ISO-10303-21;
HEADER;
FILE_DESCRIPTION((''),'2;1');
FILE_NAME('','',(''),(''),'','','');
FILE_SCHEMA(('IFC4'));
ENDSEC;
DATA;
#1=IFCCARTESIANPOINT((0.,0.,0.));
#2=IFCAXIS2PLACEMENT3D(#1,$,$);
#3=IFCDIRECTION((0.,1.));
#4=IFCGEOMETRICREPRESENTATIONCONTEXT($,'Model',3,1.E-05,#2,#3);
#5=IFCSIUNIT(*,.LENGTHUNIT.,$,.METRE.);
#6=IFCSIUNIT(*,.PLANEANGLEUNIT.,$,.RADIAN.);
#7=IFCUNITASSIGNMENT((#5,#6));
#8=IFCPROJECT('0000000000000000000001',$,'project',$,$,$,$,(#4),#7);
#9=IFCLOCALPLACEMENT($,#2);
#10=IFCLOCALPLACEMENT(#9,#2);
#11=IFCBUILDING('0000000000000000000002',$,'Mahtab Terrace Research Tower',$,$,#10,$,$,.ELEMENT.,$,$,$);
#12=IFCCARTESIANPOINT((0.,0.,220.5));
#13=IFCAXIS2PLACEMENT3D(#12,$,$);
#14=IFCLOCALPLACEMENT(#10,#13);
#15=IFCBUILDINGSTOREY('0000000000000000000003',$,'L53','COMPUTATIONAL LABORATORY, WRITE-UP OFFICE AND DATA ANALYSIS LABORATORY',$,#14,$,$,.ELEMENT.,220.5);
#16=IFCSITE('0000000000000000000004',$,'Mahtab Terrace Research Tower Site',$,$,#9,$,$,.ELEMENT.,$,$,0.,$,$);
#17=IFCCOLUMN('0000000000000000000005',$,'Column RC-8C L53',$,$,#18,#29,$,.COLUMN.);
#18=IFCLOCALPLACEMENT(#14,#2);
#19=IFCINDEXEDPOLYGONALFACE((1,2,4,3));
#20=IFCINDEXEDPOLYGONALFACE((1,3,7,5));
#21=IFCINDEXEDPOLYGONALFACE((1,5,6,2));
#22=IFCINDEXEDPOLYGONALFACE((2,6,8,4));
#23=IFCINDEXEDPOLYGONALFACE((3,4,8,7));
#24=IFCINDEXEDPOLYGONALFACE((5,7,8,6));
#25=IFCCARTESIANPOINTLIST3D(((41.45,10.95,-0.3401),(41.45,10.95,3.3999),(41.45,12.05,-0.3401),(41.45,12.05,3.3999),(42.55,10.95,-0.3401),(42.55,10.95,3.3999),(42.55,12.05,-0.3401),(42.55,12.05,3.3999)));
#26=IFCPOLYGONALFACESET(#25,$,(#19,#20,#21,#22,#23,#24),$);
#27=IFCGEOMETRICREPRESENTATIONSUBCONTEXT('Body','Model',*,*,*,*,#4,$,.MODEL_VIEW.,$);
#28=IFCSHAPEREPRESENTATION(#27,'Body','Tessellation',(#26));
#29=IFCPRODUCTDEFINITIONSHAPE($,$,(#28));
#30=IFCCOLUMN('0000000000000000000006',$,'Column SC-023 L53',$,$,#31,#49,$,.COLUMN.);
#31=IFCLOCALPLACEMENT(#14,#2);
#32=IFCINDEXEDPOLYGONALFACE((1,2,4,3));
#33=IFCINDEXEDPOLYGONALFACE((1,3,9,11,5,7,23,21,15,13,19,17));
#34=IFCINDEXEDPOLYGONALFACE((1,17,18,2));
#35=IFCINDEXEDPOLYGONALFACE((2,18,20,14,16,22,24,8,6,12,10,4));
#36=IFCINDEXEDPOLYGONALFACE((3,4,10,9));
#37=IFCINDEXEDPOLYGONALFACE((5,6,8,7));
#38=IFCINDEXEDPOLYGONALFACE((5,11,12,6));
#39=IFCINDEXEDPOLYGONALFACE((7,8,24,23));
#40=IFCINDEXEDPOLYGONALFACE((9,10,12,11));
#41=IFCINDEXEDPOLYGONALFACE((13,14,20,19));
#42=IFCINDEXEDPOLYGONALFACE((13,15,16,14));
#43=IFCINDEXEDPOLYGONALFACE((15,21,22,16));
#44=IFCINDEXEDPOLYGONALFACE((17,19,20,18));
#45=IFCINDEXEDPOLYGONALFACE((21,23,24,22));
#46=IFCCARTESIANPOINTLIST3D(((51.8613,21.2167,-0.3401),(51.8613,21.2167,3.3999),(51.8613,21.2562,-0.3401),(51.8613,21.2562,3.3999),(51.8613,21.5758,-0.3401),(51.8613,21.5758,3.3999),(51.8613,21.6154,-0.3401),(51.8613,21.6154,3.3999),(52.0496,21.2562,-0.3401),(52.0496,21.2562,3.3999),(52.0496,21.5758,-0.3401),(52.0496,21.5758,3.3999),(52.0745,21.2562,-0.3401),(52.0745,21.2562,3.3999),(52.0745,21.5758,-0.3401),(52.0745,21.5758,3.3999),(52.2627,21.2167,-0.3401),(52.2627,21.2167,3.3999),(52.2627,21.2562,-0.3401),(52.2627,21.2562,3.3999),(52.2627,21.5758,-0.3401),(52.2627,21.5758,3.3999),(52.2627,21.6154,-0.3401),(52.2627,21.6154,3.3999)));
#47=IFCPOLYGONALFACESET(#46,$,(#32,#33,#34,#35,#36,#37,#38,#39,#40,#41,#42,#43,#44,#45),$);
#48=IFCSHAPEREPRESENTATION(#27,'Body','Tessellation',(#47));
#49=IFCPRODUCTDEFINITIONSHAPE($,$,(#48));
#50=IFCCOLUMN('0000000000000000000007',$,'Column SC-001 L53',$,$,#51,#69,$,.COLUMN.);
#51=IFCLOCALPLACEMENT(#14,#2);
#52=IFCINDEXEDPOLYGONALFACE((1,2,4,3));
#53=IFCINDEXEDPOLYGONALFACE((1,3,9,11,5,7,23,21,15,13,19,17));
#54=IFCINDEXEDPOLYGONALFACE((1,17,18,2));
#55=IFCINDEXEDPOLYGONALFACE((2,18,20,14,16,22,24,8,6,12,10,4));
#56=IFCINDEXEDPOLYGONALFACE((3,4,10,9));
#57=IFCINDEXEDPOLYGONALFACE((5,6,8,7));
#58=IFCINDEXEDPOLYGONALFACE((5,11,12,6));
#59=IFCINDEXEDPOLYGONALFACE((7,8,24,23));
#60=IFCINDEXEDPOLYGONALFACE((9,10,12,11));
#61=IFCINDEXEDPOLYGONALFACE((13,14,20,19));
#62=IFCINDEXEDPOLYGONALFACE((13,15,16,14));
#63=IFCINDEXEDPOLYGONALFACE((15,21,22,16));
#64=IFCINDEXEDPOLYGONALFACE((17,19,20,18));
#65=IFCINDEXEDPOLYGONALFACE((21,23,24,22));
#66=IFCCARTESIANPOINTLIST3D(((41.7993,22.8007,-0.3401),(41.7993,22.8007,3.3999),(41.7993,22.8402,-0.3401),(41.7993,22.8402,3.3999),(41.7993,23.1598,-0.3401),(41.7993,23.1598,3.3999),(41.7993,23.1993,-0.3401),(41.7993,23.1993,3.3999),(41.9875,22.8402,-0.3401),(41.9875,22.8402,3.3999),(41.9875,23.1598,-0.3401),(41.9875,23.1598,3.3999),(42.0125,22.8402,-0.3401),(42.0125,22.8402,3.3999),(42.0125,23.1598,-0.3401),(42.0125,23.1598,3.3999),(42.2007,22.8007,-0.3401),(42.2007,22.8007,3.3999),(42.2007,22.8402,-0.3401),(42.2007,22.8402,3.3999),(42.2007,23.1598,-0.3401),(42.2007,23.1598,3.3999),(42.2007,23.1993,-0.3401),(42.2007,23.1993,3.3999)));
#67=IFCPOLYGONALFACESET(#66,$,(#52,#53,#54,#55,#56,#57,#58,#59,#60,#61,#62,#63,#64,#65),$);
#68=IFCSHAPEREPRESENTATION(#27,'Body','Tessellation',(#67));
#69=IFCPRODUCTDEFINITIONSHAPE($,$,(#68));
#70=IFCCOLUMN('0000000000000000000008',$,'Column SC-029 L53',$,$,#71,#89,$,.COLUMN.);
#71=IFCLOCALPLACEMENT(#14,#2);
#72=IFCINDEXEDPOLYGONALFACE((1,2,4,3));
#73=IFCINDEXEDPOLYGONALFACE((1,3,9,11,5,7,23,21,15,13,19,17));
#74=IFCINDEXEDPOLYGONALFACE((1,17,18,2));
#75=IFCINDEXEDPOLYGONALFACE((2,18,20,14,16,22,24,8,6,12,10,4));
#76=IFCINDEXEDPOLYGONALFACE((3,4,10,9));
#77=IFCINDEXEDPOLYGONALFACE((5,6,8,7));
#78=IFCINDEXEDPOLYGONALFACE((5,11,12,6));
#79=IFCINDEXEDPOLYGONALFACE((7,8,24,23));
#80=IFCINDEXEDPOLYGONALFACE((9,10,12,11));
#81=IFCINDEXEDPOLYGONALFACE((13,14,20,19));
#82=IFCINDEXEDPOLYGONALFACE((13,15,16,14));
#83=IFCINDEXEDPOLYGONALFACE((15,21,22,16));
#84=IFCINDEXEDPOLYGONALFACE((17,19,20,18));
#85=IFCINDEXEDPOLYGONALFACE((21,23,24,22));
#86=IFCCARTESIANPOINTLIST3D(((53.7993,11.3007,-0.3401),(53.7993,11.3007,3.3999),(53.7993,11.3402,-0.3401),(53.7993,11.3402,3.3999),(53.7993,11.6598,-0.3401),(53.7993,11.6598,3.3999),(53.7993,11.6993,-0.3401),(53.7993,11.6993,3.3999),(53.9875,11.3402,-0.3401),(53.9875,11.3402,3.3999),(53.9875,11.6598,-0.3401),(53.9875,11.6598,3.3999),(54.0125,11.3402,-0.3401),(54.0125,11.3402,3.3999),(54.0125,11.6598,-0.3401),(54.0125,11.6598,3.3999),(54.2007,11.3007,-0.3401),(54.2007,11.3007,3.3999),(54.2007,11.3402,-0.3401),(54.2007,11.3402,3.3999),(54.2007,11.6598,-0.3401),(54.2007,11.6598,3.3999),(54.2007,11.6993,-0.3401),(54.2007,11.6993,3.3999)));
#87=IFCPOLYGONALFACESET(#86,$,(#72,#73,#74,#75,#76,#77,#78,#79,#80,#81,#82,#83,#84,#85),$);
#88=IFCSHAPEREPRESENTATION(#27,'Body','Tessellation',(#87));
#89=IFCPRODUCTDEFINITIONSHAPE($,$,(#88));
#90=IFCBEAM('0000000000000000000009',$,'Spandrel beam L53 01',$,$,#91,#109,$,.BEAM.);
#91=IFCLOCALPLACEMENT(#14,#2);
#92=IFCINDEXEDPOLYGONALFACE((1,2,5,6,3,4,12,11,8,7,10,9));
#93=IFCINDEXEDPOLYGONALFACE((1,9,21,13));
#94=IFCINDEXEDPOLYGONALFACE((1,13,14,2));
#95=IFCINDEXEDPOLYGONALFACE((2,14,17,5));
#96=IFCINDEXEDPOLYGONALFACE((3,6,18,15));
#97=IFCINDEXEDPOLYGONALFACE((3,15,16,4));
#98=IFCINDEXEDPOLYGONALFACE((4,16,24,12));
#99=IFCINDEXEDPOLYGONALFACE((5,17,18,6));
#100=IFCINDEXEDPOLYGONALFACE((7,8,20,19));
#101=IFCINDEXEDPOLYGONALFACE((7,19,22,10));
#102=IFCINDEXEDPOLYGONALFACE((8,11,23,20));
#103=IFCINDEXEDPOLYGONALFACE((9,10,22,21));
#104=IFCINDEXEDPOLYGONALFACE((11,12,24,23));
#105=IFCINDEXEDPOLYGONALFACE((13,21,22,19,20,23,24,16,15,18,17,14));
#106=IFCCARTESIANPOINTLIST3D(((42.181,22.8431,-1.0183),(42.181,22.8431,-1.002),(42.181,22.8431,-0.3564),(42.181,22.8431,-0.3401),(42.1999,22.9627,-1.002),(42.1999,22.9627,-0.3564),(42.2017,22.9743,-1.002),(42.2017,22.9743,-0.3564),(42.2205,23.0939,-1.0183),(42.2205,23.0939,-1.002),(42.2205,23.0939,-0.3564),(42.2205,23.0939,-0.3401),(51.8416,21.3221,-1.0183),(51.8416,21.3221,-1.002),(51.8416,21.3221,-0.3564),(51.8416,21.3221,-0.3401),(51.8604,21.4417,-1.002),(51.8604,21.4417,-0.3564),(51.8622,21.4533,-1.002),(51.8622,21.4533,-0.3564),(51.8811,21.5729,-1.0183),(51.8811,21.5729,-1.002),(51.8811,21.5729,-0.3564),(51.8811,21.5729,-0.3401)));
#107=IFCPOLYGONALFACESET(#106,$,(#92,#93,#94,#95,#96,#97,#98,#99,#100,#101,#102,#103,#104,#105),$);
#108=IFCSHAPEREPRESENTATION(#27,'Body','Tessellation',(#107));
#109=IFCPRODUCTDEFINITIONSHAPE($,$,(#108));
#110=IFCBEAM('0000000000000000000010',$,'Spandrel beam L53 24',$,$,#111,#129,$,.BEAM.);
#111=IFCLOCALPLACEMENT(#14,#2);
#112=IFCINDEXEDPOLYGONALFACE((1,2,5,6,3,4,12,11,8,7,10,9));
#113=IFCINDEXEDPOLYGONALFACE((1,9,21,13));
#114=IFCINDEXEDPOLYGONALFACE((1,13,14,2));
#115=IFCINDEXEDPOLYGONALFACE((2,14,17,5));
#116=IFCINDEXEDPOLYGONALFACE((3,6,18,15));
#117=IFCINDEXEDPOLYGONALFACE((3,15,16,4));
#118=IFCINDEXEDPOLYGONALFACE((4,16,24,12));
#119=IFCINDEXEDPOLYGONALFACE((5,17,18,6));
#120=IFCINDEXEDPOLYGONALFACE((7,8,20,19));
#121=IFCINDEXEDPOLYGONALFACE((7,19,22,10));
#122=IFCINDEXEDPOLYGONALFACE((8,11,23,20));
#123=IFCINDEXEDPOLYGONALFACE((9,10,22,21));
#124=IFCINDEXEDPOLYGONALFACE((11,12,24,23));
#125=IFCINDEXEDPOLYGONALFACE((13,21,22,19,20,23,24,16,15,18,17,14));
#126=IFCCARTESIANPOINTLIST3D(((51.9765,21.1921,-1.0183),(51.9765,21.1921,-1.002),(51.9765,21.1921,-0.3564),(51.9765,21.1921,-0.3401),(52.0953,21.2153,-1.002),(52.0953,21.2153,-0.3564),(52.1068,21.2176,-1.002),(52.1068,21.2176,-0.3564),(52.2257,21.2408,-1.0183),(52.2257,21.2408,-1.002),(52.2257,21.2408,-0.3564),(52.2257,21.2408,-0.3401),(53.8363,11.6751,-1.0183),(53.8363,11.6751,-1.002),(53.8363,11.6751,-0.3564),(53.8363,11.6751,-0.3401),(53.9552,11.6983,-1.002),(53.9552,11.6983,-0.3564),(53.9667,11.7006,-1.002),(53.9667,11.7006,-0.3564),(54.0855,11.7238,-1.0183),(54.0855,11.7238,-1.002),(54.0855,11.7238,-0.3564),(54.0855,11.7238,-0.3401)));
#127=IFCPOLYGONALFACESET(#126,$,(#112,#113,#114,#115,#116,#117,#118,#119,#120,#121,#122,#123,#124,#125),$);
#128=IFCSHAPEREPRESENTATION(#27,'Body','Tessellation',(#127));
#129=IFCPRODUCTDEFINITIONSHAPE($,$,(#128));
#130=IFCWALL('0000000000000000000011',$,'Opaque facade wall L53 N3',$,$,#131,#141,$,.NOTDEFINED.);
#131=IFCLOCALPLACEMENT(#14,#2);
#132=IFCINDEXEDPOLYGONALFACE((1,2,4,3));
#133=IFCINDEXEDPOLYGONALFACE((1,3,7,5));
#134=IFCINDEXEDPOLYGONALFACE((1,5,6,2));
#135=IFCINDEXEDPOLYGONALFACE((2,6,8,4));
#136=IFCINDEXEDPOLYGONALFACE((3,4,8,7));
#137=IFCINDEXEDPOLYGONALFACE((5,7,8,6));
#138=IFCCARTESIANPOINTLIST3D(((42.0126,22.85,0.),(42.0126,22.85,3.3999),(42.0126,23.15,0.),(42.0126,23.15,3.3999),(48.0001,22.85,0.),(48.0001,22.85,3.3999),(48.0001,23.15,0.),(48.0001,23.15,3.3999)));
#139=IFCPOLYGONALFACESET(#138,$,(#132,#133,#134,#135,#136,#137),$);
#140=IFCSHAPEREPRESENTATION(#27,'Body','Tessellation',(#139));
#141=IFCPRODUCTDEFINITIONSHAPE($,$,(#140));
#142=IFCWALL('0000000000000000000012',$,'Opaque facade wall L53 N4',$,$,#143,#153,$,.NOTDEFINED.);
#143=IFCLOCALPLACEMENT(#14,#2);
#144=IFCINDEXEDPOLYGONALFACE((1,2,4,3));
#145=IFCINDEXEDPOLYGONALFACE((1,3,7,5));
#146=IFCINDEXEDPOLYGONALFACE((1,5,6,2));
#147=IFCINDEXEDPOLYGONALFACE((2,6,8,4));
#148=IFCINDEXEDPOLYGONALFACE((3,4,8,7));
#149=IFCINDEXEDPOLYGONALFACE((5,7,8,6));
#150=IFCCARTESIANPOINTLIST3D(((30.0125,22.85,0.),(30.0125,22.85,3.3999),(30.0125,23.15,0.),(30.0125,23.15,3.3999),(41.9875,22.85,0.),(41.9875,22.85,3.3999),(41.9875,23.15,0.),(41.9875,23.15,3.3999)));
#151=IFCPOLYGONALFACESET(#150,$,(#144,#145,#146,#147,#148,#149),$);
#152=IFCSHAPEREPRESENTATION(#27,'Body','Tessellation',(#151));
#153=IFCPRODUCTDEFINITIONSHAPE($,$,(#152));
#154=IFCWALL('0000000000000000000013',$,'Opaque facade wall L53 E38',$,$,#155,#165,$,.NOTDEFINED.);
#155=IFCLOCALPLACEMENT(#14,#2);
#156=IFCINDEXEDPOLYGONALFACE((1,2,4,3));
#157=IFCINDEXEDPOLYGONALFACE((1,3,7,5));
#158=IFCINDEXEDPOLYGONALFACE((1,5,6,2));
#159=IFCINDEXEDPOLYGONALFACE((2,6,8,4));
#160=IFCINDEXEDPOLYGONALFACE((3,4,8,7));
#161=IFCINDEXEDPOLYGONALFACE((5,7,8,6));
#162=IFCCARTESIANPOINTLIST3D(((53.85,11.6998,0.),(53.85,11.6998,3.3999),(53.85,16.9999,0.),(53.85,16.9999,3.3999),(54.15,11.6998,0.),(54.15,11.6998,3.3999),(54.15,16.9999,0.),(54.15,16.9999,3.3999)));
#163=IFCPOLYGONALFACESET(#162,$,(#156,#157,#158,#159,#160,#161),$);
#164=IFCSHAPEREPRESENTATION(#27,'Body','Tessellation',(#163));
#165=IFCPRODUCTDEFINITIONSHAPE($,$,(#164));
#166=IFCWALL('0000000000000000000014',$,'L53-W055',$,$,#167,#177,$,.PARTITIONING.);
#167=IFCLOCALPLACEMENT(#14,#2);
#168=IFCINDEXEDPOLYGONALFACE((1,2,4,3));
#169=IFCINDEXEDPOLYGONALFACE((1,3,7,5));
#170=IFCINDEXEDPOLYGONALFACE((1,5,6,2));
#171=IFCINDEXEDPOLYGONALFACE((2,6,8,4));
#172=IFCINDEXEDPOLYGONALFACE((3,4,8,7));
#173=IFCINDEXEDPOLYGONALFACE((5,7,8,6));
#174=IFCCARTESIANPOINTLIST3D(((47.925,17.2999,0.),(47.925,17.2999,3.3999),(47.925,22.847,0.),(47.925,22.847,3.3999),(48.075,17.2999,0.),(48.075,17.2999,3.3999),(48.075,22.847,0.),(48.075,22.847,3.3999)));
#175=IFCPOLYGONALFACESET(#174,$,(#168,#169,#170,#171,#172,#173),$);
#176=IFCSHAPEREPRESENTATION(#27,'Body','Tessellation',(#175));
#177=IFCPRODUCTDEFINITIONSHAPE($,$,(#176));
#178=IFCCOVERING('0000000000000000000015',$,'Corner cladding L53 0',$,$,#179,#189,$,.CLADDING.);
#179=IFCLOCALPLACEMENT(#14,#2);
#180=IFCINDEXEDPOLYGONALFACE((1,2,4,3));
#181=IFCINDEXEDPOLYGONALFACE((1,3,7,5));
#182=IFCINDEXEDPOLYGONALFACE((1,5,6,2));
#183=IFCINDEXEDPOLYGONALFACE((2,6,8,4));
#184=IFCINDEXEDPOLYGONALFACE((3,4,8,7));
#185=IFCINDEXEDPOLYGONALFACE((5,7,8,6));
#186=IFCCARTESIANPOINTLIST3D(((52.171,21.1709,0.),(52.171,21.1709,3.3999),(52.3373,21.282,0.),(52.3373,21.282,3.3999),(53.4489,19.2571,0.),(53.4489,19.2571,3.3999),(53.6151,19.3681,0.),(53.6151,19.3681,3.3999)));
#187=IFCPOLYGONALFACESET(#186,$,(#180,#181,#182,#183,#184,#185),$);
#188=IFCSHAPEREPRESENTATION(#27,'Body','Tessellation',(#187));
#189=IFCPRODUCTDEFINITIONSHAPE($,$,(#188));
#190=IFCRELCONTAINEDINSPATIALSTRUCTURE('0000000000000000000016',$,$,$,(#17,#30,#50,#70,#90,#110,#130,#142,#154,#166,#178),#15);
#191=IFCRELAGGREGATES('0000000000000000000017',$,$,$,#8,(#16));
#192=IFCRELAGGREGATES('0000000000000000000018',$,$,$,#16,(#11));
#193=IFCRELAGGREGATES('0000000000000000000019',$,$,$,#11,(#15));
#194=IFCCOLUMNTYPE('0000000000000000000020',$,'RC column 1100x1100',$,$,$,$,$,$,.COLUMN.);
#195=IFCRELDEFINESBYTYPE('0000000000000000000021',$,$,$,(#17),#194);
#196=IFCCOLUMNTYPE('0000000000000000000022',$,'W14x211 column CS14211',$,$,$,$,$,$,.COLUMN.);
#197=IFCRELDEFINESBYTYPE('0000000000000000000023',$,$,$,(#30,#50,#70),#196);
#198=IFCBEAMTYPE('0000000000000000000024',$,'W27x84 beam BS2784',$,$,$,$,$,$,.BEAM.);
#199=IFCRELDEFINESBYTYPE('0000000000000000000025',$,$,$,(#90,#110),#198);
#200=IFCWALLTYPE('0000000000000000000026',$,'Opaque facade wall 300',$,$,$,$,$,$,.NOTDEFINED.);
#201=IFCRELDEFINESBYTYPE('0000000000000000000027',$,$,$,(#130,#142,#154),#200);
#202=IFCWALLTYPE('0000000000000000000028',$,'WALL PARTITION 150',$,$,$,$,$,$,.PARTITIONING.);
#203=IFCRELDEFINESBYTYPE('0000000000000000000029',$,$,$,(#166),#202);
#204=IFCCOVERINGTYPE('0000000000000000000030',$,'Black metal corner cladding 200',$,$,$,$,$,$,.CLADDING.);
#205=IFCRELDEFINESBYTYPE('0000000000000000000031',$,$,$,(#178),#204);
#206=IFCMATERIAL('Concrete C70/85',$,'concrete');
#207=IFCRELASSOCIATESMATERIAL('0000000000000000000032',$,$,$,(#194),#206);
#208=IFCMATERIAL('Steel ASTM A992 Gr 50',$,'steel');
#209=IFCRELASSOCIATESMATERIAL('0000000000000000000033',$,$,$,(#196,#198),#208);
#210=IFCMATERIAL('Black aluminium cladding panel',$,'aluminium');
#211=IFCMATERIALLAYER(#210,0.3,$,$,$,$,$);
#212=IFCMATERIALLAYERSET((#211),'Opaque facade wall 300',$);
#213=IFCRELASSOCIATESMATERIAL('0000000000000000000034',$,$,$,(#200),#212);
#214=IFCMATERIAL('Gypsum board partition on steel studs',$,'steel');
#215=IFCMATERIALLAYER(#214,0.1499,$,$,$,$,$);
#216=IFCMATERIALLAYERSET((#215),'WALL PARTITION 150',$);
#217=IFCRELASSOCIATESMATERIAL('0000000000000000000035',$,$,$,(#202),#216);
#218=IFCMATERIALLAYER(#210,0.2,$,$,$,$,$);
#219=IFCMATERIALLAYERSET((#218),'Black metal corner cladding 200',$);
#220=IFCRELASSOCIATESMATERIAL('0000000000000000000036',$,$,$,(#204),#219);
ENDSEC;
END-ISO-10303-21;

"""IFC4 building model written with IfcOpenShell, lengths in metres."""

from ifc_helpers import new_model, si_unit, direction, frame, frame_2d, origin, origin_2d, place, context, subcontext, project, spatial, rectangle, i_section, extrude, material, layer, layer_set, material_profile, profile_set, type_object, element, save


model = new_model("IFC4")

# Units and contexts
model_context = context("Model", 3, precision=1e-05, world=origin(), true_north=direction((0.0, 1.0)))
body_context = subcontext(model_context, "Body", "Model", "MODEL_VIEW")
ifc_project = project(units=[si_unit("LENGTHUNIT", "METRE"), si_unit("PLANEANGLEUNIT", "RADIAN")], contexts=[model_context])

# Site, building, storey
site_placement = place(None, origin())
site = spatial("IfcSite", under=ifc_project, at=site_placement, Name="Mahtab Terrace Research Tower Site", CompositionType="ELEMENT", RefElevation=0.0)
building_placement = place(site_placement, origin())
building = spatial("IfcBuilding", under=site, at=building_placement, Name="Mahtab Terrace Research Tower", CompositionType="ELEMENT")
storey_placement = place(building_placement, frame((0.0, 0.0, 220.5)))
storey = spatial("IfcBuildingStorey", under=building, at=storey_placement, Name="L53", Description="COMPUTATIONAL LABORATORY, WRITE-UP OFFICE AND DATA ANALYSIS LABORATORY", CompositionType="ELEMENT", Elevation=220.5)

# Columns
ifc_material_1 = material(Name="Concrete C70/85", Category="concrete")
ifc_material_profile_1 = material_profile(ifc_material_1, rectangle(XDim=1.1001, YDim=1.1001, at=origin_2d()), Name="RC column 1100x1100")
ifc_profile_set_1 = profile_set([ifc_material_profile_1], Name="Concrete C70/85")
column_type_1 = type_object("IfcColumnType", Name="RC column 1100x1100", PredefinedType="COLUMN", material=ifc_profile_set_1)
column_placement = place(storey_placement, frame((42.0, 11.5, -0.3401), z_axis=(0.0, 0.0, 1.0), x_axis=(1.0, 0.0, 0.0)))
element("IfcColumn", 1, at=column_placement, inside=storey, type_object=column_type_1, Name="Column RC-8C L53", PredefinedType="COLUMN", context=body_context, shape_type="SweptSolid", body=[
    extrude(rectangle(XDim=1.1001, YDim=1.1001, at=origin_2d()), origin(), (0.0, 0.0, 1.0), 3.74),
])
ifc_material_2 = material(Name="Steel ASTM A992 Gr 50", Category="steel")
ifc_material_profile_2 = material_profile(ifc_material_2, i_section(OverallWidth=0.4014, OverallDepth=0.3987, WebThickness=0.0249, FlangeThickness=0.0396, at=origin_2d()), Name="W14X211")
ifc_profile_set_2 = profile_set([ifc_material_profile_2], Name="Steel ASTM A992 Gr 50")
column_type_2 = type_object("IfcColumnType", Name="W14x211 column CS14211", PredefinedType="COLUMN", material=ifc_profile_set_2)
for number, where, z_axis, x_axis, name in (
    (2, (52.062, 21.416, -0.3401), (0.0, 0.0, 1.0), (1.0, 0.0, 0.0), "Column SC-023 L53"),
    (3, (42.0, 23.0, -0.3401), (0.0, 0.0, 1.0), (1.0, 0.0, 0.0), "Column SC-001 L53"),
    (4, (54.0, 11.5, -0.3401), (0.0, 0.0, 1.0), (1.0, 0.0, 0.0), "Column SC-029 L53"),
):
    element("IfcColumn", number, at=place(storey_placement, frame(where, z_axis=z_axis, x_axis=x_axis)), inside=storey, type_object=column_type_2, Name=name, PredefinedType="COLUMN", context=body_context, shape_type="SweptSolid", body=[
        extrude(i_section(OverallWidth=0.4014, OverallDepth=0.3987, WebThickness=0.0249, FlangeThickness=0.0396, at=origin_2d()), origin(), (0.0, 0.0, 1.0), 3.74),
    ])

# Beams
ifc_material_profile_3 = material_profile(ifc_material_2, i_section(OverallWidth=0.2539, OverallDepth=0.6782, WebThickness=0.0117, FlangeThickness=0.0164, at=origin_2d()), Name="W27X84")
ifc_profile_set_3 = profile_set([ifc_material_profile_3], Name="Steel ASTM A992 Gr 50")
beam_type = type_object("IfcBeamType", Name="W27x84 beam BS2784", PredefinedType="BEAM", material=ifc_profile_set_3)
beam_1_placement = place(storey_placement, frame((51.8613, 21.4475, -0.6792), z_axis=(-0.987832, 0.155527, 0.0), x_axis=(-0.155527, -0.987832, 0.0)))
element("IfcBeam", 5, at=beam_1_placement, inside=storey, type_object=beam_type, Name="Spandrel beam L53 01", PredefinedType="BEAM", context=body_context, shape_type="SweptSolid", body=[
    extrude(i_section(OverallWidth=0.2539, OverallDepth=0.6782, WebThickness=0.0117, FlangeThickness=0.0164, at=origin_2d()), origin(), (0.0, 0.0, 1.0), 9.7795),
])
beam_2_placement = place(storey_placement, frame((53.9609, 11.6995, -0.6792), z_axis=(-0.191795, 0.981435, 0.0), x_axis=(-0.981435, -0.191795, 0.0)))
element("IfcBeam", 6, at=beam_2_placement, inside=storey, type_object=beam_type, Name="Spandrel beam L53 24", PredefinedType="BEAM", context=body_context, shape_type="SweptSolid", body=[
    extrude(i_section(OverallWidth=0.2539, OverallDepth=0.6782, WebThickness=0.0117, FlangeThickness=0.0164, at=origin_2d()), origin(), (0.0, 0.0, 1.0), 9.697),
])

# Walls
ifc_material_3 = material(Name="Black aluminium cladding panel", Category="aluminium")
ifc_layer_1 = layer(ifc_material_3, 0.3)
ifc_layer_set_1 = layer_set([ifc_layer_1], Name="Opaque facade wall 300")
wall_type_1 = type_object("IfcWallType", Name="Opaque facade wall 300", PredefinedType="NOTDEFINED", material=ifc_layer_set_1)
wall_1_placement = place(storey_placement, frame((48.0, 23.0, 0.0), z_axis=(0.0, 0.0, 1.0), x_axis=(-1.0, 0.0, 0.0)))
element("IfcWall", 7, at=wall_1_placement, inside=storey, type_object=wall_type_1, Name="Opaque facade wall L53 N3", PredefinedType="NOTDEFINED", context=body_context, shape_type="SweptSolid", body=[
    extrude(rectangle(XDim=5.9875, YDim=0.3, at=frame_2d((2.9937, 0.0))), origin(), (0.0, 0.0, 1.0), 3.3999),
])
wall_2_placement = place(storey_placement, frame((41.9875, 23.0, 0.0), z_axis=(0.0, 0.0, 1.0), x_axis=(-1.0, 0.0, 0.0)))
element("IfcWall", 8, at=wall_2_placement, inside=storey, type_object=wall_type_1, Name="Opaque facade wall L53 N4", PredefinedType="NOTDEFINED", context=body_context, shape_type="SweptSolid", body=[
    extrude(rectangle(XDim=11.9751, YDim=0.3, at=frame_2d((5.9875, 0.0))), origin(), (0.0, 0.0, 1.0), 3.3999),
])
wall_3_placement = place(storey_placement, frame((54.0, 11.7, 0.0), z_axis=(0.0, 0.0, 1.0), x_axis=(0.0, 1.0, 0.0)))
element("IfcWall", 9, at=wall_3_placement, inside=storey, type_object=wall_type_1, Name="Opaque facade wall L53 E38", PredefinedType="NOTDEFINED", context=body_context, shape_type="SweptSolid", body=[
    extrude(rectangle(XDim=5.3, YDim=0.3, at=frame_2d((2.6499, 0.0))), origin(), (0.0, 0.0, 1.0), 3.3999),
])
ifc_material_4 = material(Name="Gypsum board partition on steel studs", Category="steel")
ifc_layer_2 = layer(ifc_material_4, 0.1499)
ifc_layer_set_2 = layer_set([ifc_layer_2], Name="WALL PARTITION 150")
wall_type_2 = type_object("IfcWallType", Name="WALL PARTITION 150", PredefinedType="PARTITIONING", material=ifc_layer_set_2)
wall_4_placement = place(storey_placement, frame((48.0, 17.3, 0.0), z_axis=(0.0, 0.0, 1.0), x_axis=(0.0, 1.0, 0.0)))
element("IfcWall", 10, at=wall_4_placement, inside=storey, type_object=wall_type_2, Name="L53-W055", PredefinedType="PARTITIONING", context=body_context, shape_type="SweptSolid", body=[
    extrude(rectangle(XDim=5.5471, YDim=0.1499, at=frame_2d((2.7734, 0.0))), origin(), (0.0, 0.0, 1.0), 3.3999),
])

# Covering
ifc_layer_3 = layer(ifc_material_3, 0.2)
ifc_layer_set_3 = layer_set([ifc_layer_3], Name="Black metal corner cladding 200")
covering_type_1 = type_object("IfcCoveringType", Name="Black metal corner cladding 200", PredefinedType="CLADDING", material=ifc_layer_set_3)
covering_1_placement = place(storey_placement, frame((52.8931, 20.2695, 0.0), z_axis=(0.0, 0.0, 1.0), x_axis=(-0.555291, 0.831656, 0.0)))
element("IfcCovering", 11, at=covering_1_placement, inside=storey, type_object=covering_type_1, Name="Corner cladding L53 0", PredefinedType="CLADDING", context=body_context, shape_type="SweptSolid", body=[
    extrude(rectangle(XDim=2.3013, YDim=0.2, at=origin_2d()), origin(), (0.0, 0.0, 1.0), 3.3999),
])

save(model, "model.ifc")
